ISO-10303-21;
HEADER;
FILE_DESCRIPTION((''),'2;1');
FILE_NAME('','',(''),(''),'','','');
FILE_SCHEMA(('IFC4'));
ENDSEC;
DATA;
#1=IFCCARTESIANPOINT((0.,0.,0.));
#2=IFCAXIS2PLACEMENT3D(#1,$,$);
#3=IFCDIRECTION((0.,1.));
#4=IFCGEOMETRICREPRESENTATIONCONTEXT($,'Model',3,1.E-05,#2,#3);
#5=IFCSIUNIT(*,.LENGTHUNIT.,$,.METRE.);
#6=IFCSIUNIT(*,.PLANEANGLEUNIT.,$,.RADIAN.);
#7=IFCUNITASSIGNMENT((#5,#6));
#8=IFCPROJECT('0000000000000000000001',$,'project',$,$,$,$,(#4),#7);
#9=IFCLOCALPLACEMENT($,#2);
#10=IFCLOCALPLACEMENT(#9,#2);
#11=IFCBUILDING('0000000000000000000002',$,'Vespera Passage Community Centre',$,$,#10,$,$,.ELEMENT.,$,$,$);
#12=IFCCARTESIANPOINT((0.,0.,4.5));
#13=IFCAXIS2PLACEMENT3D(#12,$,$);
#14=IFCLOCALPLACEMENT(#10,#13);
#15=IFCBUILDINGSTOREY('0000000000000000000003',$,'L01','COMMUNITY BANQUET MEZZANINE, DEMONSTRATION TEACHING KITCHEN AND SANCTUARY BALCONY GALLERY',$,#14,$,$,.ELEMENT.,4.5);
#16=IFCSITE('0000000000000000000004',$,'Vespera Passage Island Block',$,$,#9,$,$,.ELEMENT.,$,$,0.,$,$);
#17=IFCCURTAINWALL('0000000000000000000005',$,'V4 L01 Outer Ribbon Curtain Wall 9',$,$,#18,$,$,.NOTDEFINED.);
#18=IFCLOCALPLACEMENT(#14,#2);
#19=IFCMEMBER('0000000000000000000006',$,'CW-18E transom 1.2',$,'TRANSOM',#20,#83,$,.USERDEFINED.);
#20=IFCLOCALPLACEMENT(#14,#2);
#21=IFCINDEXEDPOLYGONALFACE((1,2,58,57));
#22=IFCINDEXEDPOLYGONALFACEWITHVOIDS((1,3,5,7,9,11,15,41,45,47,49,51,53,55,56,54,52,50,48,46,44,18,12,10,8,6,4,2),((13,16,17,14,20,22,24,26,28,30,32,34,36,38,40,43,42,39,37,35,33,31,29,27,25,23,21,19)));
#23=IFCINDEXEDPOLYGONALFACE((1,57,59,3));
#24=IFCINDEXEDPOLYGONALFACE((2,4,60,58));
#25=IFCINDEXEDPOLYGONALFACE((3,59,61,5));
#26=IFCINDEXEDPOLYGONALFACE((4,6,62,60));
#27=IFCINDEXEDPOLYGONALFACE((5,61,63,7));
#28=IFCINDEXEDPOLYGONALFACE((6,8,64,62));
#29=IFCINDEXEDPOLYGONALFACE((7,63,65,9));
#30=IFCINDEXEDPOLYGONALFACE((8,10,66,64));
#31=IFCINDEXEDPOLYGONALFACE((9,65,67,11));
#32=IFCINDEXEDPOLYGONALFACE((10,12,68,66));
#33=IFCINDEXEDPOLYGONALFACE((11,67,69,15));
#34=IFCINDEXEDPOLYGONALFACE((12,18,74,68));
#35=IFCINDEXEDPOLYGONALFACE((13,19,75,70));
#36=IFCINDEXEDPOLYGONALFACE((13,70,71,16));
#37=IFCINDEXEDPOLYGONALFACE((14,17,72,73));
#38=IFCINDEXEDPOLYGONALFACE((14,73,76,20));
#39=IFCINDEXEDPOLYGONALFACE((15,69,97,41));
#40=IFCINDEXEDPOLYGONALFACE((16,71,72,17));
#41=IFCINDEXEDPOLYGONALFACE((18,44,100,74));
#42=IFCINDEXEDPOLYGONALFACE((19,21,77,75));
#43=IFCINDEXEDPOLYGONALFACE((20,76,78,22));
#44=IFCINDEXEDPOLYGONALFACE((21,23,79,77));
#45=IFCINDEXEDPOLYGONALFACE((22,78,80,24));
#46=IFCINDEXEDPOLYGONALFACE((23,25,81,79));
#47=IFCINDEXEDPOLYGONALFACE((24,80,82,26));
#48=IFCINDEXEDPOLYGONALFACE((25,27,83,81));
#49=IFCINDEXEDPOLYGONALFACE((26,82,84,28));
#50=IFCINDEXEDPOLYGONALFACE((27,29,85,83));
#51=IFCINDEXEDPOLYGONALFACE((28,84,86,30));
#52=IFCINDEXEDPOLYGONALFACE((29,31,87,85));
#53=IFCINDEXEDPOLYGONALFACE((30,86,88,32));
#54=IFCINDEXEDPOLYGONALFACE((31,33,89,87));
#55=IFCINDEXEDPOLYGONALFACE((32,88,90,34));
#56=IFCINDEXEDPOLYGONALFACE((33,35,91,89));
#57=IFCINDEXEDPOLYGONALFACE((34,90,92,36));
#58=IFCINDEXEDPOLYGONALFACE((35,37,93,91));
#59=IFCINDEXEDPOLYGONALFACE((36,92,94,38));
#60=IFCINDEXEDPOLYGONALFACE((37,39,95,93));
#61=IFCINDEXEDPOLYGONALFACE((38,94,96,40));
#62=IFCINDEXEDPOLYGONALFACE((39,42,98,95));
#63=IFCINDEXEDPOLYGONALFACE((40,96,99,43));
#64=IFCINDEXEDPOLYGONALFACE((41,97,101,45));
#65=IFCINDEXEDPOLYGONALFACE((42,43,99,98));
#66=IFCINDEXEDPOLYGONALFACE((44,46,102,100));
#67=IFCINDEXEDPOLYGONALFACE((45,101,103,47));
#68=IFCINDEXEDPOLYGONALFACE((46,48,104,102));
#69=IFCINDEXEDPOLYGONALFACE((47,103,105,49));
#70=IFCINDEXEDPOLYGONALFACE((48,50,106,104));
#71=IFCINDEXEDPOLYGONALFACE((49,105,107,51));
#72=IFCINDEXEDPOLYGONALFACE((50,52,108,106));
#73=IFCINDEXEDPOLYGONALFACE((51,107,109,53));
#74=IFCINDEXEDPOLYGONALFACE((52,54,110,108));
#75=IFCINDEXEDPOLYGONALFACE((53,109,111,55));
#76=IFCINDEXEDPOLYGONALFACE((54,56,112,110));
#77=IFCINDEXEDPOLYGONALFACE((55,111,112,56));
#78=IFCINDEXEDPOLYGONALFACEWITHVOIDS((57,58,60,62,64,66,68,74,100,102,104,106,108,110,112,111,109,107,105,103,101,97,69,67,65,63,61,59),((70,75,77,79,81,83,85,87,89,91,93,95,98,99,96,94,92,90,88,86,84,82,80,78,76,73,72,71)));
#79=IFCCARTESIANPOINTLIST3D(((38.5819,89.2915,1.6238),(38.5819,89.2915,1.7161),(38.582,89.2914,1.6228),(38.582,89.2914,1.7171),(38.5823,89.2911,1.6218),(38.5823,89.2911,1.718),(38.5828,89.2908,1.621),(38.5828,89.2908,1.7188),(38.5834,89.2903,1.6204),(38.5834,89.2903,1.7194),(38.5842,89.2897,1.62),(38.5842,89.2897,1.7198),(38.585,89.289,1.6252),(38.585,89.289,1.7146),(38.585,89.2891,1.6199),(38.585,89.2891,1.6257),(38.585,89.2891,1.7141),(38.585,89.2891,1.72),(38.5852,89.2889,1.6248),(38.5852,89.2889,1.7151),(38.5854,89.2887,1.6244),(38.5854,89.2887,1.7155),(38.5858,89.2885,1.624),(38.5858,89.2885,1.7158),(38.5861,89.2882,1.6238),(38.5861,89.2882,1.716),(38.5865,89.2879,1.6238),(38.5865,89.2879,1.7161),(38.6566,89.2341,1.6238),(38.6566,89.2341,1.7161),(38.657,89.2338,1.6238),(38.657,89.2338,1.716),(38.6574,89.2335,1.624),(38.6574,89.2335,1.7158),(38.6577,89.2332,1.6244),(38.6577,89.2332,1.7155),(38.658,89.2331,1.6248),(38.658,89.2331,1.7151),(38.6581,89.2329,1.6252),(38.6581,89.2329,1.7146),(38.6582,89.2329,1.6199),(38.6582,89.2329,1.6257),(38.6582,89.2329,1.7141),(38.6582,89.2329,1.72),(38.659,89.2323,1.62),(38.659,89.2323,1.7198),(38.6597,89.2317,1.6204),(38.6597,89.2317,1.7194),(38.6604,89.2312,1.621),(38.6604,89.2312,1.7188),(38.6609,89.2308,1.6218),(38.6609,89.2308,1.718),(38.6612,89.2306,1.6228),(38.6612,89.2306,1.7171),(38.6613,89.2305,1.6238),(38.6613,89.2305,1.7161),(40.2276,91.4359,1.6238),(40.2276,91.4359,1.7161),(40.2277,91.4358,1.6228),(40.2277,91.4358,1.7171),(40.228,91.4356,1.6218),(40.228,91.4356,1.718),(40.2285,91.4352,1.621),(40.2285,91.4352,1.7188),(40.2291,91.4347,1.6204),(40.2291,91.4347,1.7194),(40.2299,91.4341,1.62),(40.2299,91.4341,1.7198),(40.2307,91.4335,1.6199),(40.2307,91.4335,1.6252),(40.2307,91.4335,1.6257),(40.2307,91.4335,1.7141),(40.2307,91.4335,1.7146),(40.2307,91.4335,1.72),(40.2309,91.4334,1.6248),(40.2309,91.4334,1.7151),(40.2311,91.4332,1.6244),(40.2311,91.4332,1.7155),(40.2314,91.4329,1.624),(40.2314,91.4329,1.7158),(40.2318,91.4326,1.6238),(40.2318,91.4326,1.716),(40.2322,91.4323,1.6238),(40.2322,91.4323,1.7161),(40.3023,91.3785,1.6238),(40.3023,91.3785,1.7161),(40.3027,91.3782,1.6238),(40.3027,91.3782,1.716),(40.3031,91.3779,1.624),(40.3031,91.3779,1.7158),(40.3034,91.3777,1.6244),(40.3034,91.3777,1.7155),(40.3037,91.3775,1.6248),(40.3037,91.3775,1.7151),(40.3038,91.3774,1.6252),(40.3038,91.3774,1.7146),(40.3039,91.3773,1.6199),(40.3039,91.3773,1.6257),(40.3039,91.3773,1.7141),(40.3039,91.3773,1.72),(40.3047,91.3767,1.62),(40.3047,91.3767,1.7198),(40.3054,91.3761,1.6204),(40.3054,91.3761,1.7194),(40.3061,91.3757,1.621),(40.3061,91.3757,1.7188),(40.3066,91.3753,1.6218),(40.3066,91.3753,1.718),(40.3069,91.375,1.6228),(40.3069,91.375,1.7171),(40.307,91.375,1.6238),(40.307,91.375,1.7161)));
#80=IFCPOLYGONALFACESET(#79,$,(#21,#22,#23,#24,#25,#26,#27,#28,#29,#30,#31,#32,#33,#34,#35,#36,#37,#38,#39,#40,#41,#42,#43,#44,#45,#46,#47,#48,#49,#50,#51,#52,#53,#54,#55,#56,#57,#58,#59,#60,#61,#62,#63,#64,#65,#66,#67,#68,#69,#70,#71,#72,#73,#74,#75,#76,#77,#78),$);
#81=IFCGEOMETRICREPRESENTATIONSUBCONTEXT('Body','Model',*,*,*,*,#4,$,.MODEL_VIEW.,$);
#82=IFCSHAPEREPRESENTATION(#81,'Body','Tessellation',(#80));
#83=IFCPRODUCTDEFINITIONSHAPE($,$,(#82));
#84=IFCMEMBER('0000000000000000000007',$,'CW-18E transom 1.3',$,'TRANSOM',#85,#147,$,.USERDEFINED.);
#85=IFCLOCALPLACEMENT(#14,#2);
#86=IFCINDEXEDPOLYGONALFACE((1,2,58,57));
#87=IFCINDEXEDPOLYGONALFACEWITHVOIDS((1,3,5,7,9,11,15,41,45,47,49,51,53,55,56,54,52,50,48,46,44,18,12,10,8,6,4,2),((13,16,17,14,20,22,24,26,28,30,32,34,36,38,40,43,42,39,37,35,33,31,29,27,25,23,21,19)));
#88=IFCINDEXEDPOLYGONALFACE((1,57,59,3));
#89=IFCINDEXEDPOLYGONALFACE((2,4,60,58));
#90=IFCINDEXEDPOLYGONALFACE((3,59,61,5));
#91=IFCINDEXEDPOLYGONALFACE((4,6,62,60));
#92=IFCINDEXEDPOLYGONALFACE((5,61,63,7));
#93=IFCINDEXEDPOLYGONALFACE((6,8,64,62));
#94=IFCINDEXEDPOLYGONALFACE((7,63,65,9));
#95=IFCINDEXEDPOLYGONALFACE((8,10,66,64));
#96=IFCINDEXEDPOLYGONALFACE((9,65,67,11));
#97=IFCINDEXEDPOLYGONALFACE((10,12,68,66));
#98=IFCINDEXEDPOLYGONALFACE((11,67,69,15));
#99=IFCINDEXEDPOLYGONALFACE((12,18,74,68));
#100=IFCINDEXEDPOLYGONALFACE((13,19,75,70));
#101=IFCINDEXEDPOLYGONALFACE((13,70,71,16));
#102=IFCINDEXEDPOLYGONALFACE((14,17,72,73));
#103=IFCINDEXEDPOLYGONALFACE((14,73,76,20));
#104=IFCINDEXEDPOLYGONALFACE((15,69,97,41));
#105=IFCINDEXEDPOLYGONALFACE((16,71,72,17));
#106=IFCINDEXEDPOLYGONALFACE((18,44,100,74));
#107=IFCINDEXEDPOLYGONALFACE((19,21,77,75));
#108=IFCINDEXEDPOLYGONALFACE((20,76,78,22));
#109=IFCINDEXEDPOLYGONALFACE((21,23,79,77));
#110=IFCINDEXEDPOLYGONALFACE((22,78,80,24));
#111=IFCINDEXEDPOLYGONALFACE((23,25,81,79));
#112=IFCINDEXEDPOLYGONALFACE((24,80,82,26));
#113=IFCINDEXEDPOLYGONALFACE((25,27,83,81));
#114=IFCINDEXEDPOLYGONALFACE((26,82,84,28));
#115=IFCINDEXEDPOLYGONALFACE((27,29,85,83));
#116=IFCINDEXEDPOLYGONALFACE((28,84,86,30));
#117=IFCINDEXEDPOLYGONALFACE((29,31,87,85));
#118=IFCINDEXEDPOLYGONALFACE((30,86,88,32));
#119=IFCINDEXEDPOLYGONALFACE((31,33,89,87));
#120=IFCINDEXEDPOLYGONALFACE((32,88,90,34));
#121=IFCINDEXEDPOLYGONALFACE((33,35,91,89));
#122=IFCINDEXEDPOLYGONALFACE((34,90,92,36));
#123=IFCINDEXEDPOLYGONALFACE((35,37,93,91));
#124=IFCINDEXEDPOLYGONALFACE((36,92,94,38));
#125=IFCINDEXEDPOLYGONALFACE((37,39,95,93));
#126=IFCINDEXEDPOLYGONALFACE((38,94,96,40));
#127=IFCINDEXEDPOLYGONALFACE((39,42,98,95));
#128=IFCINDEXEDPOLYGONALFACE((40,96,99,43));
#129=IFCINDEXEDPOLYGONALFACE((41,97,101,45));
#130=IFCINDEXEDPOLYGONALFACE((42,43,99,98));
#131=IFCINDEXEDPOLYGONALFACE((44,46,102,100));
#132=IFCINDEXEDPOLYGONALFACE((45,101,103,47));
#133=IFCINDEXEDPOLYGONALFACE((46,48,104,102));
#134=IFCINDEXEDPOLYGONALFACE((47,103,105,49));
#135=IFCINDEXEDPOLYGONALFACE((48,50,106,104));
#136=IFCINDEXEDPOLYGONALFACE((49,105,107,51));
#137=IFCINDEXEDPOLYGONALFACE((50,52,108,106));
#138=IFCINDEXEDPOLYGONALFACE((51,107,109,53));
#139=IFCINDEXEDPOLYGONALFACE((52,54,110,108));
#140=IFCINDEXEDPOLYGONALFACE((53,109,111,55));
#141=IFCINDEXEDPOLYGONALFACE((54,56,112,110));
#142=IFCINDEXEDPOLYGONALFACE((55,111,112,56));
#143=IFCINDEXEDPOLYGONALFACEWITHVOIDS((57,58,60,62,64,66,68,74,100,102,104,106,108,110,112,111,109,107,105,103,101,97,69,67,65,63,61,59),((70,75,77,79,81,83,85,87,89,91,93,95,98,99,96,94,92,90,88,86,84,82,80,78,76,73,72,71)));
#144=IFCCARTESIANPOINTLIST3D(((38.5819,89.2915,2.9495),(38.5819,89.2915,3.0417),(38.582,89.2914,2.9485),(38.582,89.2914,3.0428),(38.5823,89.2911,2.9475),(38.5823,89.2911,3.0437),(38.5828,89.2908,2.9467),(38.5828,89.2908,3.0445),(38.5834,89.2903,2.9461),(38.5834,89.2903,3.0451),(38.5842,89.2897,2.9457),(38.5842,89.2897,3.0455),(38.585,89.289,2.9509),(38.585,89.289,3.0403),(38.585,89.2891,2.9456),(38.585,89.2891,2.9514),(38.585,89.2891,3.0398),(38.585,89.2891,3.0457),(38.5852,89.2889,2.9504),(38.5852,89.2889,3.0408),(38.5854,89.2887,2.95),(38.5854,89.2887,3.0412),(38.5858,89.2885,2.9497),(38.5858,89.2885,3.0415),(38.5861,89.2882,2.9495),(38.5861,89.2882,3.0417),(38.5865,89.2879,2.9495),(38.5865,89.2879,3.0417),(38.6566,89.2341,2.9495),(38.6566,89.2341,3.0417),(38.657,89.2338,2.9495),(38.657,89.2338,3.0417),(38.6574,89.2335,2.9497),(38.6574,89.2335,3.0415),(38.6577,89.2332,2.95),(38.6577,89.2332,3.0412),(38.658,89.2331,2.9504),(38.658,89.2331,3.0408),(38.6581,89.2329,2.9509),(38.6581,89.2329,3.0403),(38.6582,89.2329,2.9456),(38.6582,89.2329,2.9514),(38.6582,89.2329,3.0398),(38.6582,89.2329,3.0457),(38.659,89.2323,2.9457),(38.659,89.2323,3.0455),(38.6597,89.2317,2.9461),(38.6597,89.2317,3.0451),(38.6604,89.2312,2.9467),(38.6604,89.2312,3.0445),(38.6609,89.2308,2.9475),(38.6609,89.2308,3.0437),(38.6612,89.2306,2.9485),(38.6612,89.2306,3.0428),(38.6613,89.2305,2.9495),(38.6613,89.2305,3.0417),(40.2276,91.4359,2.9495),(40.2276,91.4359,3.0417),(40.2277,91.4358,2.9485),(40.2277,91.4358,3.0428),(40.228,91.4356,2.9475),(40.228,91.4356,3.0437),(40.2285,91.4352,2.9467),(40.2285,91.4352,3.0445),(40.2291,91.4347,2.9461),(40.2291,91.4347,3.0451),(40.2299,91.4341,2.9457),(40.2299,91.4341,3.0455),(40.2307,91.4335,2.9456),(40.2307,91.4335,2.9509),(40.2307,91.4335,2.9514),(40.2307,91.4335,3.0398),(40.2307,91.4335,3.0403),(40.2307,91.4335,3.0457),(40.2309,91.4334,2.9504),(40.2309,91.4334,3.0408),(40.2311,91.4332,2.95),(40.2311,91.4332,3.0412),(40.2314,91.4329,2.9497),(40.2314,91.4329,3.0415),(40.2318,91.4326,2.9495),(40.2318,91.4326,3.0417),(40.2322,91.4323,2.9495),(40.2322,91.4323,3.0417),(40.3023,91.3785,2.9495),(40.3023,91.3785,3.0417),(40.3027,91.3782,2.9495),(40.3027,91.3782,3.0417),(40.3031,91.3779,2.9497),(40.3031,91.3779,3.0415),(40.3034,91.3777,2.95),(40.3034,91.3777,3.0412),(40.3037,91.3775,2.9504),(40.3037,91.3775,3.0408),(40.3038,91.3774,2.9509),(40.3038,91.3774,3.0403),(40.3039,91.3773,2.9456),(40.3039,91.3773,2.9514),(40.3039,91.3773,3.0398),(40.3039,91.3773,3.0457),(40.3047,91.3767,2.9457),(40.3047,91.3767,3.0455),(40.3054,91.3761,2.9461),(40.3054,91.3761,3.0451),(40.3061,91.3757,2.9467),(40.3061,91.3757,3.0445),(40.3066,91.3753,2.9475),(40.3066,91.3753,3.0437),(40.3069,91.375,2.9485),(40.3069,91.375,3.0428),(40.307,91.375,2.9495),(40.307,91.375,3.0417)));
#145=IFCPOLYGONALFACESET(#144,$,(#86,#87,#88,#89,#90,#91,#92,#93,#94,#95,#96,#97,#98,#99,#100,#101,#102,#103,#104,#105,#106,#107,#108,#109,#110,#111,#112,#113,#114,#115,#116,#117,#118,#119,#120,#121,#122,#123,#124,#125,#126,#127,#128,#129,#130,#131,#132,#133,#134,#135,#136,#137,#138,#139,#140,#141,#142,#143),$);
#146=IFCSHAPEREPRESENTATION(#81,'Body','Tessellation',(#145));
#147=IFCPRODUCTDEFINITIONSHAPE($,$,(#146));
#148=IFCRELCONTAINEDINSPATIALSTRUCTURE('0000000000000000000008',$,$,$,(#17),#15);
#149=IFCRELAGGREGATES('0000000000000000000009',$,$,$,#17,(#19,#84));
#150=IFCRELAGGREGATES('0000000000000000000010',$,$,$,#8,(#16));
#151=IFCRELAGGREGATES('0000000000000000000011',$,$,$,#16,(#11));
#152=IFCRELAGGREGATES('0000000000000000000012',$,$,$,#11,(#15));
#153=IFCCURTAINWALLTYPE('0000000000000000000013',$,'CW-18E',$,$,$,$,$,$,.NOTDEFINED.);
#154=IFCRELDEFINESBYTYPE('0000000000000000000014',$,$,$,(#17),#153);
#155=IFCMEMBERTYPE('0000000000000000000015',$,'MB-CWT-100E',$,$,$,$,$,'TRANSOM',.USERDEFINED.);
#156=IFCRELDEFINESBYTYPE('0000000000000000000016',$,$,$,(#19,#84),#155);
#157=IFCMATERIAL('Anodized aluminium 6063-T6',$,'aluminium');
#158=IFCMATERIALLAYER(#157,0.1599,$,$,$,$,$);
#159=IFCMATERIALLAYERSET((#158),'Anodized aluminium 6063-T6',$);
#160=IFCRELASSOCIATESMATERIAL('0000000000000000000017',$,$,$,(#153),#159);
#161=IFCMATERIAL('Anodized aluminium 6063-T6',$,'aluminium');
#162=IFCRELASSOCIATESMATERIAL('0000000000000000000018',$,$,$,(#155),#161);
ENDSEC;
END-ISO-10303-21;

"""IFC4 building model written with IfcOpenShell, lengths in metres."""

from ifc_helpers import new_model, si_unit, direction, frame, origin, origin_2d, place, context, subcontext, project, spatial, hollow_rectangle, extrude, material, layer, layer_set, material_profile, profile_set, type_object, element, aggregate, save


model = new_model("IFC4")

# Units and contexts
model_context = context("Model", 3, precision=1e-05, world=origin(), true_north=direction((0.0, 1.0)))
body_context = subcontext(model_context, "Body", "Model", "MODEL_VIEW")
ifc_project = project(units=[si_unit("LENGTHUNIT", "METRE"), si_unit("PLANEANGLEUNIT", "RADIAN")], contexts=[model_context])

# Site, building, storey
site_placement = place(None, origin())
site = spatial("IfcSite", under=ifc_project, at=site_placement, Name="Vespera Passage Island Block", CompositionType="ELEMENT", RefElevation=0.0)
building_placement = place(site_placement, origin())
building = spatial("IfcBuilding", under=site, at=building_placement, Name="Vespera Passage Community Centre", CompositionType="ELEMENT")
storey_placement = place(building_placement, frame((0.0, 0.0, 4.5)))
storey = spatial("IfcBuildingStorey", under=building, at=storey_placement, Name="L01", Description="COMMUNITY BANQUET MEZZANINE, DEMONSTRATION TEACHING KITCHEN AND SANCTUARY BALCONY GALLERY", CompositionType="ELEMENT", Elevation=4.5)

# Curtain wall
ifc_material_1 = material(Name="Anodized aluminium 6063-T6", Category="aluminium")
ifc_layer_1 = layer(ifc_material_1, 0.1599)
ifc_layer_set_1 = layer_set([ifc_layer_1], Name="Anodized aluminium 6063-T6")
curtain_wall_type_1 = type_object("IfcCurtainWallType", Name="CW-18E", PredefinedType="NOTDEFINED", material=ifc_layer_set_1)
curtain_wall_1_placement = place(storey_placement, origin())
curtain_wall_1 = element("IfcCurtainWall", 1, at=curtain_wall_1_placement, inside=storey, type_object=curtain_wall_type_1, Name="V4 L01 Outer Ribbon Curtain Wall 9", PredefinedType="NOTDEFINED")

# Members
ifc_material_2 = material(Name="Anodized aluminium 6063-T6", Category="aluminium")
ifc_material_profile_1 = material_profile(ifc_material_2, hollow_rectangle(XDim=0.1001, YDim=0.1001, WallThickness=0.0039, InnerFilletRadius=0.002, OuterFilletRadius=0.0039, at=origin_2d()), Name="ALU100X100X4")
ifc_profile_set_1 = profile_set([ifc_material_profile_1], Name="Anodized aluminium 6063-T6")
member_type_1 = type_object("IfcMemberType", Name="MB-CWT-100E", ElementType="TRANSOM", PredefinedType="USERDEFINED", material=ifc_profile_set_1)
member_1_placement = place(storey_placement, frame((38.6216, 89.261, 1.6699), z_axis=(0.608807, 0.793318, 0.0), x_axis=(-0.793318, 0.608807, 0.0)))
member_1 = element("IfcMember", 2, at=member_1_placement, type_object=member_type_1, Name="CW-18E transom 1.2", ObjectType="TRANSOM", PredefinedType="USERDEFINED", context=body_context, shape_type="SweptSolid", body=[
    extrude(hollow_rectangle(XDim=0.1001, YDim=0.1001, WallThickness=0.0039, InnerFilletRadius=0.002, OuterFilletRadius=0.0039, at=origin_2d()), origin(), (0.0, 0.0, 1.0), 2.7031),
])
member_2_placement = place(storey_placement, frame((38.6216, 89.261, 2.9956), z_axis=(0.608807, 0.793318, 0.0), x_axis=(-0.793318, 0.608807, 0.0)))
member_2 = element("IfcMember", 3, at=member_2_placement, type_object=member_type_1, Name="CW-18E transom 1.3", ObjectType="TRANSOM", PredefinedType="USERDEFINED", context=body_context, shape_type="SweptSolid", body=[
    extrude(hollow_rectangle(XDim=0.1001, YDim=0.1001, WallThickness=0.0039, InnerFilletRadius=0.002, OuterFilletRadius=0.0039, at=origin_2d()), origin(), (0.0, 0.0, 1.0), 2.7031),
])

aggregate(curtain_wall_1, [member_1, member_2])

save(model, "model.ifc")
